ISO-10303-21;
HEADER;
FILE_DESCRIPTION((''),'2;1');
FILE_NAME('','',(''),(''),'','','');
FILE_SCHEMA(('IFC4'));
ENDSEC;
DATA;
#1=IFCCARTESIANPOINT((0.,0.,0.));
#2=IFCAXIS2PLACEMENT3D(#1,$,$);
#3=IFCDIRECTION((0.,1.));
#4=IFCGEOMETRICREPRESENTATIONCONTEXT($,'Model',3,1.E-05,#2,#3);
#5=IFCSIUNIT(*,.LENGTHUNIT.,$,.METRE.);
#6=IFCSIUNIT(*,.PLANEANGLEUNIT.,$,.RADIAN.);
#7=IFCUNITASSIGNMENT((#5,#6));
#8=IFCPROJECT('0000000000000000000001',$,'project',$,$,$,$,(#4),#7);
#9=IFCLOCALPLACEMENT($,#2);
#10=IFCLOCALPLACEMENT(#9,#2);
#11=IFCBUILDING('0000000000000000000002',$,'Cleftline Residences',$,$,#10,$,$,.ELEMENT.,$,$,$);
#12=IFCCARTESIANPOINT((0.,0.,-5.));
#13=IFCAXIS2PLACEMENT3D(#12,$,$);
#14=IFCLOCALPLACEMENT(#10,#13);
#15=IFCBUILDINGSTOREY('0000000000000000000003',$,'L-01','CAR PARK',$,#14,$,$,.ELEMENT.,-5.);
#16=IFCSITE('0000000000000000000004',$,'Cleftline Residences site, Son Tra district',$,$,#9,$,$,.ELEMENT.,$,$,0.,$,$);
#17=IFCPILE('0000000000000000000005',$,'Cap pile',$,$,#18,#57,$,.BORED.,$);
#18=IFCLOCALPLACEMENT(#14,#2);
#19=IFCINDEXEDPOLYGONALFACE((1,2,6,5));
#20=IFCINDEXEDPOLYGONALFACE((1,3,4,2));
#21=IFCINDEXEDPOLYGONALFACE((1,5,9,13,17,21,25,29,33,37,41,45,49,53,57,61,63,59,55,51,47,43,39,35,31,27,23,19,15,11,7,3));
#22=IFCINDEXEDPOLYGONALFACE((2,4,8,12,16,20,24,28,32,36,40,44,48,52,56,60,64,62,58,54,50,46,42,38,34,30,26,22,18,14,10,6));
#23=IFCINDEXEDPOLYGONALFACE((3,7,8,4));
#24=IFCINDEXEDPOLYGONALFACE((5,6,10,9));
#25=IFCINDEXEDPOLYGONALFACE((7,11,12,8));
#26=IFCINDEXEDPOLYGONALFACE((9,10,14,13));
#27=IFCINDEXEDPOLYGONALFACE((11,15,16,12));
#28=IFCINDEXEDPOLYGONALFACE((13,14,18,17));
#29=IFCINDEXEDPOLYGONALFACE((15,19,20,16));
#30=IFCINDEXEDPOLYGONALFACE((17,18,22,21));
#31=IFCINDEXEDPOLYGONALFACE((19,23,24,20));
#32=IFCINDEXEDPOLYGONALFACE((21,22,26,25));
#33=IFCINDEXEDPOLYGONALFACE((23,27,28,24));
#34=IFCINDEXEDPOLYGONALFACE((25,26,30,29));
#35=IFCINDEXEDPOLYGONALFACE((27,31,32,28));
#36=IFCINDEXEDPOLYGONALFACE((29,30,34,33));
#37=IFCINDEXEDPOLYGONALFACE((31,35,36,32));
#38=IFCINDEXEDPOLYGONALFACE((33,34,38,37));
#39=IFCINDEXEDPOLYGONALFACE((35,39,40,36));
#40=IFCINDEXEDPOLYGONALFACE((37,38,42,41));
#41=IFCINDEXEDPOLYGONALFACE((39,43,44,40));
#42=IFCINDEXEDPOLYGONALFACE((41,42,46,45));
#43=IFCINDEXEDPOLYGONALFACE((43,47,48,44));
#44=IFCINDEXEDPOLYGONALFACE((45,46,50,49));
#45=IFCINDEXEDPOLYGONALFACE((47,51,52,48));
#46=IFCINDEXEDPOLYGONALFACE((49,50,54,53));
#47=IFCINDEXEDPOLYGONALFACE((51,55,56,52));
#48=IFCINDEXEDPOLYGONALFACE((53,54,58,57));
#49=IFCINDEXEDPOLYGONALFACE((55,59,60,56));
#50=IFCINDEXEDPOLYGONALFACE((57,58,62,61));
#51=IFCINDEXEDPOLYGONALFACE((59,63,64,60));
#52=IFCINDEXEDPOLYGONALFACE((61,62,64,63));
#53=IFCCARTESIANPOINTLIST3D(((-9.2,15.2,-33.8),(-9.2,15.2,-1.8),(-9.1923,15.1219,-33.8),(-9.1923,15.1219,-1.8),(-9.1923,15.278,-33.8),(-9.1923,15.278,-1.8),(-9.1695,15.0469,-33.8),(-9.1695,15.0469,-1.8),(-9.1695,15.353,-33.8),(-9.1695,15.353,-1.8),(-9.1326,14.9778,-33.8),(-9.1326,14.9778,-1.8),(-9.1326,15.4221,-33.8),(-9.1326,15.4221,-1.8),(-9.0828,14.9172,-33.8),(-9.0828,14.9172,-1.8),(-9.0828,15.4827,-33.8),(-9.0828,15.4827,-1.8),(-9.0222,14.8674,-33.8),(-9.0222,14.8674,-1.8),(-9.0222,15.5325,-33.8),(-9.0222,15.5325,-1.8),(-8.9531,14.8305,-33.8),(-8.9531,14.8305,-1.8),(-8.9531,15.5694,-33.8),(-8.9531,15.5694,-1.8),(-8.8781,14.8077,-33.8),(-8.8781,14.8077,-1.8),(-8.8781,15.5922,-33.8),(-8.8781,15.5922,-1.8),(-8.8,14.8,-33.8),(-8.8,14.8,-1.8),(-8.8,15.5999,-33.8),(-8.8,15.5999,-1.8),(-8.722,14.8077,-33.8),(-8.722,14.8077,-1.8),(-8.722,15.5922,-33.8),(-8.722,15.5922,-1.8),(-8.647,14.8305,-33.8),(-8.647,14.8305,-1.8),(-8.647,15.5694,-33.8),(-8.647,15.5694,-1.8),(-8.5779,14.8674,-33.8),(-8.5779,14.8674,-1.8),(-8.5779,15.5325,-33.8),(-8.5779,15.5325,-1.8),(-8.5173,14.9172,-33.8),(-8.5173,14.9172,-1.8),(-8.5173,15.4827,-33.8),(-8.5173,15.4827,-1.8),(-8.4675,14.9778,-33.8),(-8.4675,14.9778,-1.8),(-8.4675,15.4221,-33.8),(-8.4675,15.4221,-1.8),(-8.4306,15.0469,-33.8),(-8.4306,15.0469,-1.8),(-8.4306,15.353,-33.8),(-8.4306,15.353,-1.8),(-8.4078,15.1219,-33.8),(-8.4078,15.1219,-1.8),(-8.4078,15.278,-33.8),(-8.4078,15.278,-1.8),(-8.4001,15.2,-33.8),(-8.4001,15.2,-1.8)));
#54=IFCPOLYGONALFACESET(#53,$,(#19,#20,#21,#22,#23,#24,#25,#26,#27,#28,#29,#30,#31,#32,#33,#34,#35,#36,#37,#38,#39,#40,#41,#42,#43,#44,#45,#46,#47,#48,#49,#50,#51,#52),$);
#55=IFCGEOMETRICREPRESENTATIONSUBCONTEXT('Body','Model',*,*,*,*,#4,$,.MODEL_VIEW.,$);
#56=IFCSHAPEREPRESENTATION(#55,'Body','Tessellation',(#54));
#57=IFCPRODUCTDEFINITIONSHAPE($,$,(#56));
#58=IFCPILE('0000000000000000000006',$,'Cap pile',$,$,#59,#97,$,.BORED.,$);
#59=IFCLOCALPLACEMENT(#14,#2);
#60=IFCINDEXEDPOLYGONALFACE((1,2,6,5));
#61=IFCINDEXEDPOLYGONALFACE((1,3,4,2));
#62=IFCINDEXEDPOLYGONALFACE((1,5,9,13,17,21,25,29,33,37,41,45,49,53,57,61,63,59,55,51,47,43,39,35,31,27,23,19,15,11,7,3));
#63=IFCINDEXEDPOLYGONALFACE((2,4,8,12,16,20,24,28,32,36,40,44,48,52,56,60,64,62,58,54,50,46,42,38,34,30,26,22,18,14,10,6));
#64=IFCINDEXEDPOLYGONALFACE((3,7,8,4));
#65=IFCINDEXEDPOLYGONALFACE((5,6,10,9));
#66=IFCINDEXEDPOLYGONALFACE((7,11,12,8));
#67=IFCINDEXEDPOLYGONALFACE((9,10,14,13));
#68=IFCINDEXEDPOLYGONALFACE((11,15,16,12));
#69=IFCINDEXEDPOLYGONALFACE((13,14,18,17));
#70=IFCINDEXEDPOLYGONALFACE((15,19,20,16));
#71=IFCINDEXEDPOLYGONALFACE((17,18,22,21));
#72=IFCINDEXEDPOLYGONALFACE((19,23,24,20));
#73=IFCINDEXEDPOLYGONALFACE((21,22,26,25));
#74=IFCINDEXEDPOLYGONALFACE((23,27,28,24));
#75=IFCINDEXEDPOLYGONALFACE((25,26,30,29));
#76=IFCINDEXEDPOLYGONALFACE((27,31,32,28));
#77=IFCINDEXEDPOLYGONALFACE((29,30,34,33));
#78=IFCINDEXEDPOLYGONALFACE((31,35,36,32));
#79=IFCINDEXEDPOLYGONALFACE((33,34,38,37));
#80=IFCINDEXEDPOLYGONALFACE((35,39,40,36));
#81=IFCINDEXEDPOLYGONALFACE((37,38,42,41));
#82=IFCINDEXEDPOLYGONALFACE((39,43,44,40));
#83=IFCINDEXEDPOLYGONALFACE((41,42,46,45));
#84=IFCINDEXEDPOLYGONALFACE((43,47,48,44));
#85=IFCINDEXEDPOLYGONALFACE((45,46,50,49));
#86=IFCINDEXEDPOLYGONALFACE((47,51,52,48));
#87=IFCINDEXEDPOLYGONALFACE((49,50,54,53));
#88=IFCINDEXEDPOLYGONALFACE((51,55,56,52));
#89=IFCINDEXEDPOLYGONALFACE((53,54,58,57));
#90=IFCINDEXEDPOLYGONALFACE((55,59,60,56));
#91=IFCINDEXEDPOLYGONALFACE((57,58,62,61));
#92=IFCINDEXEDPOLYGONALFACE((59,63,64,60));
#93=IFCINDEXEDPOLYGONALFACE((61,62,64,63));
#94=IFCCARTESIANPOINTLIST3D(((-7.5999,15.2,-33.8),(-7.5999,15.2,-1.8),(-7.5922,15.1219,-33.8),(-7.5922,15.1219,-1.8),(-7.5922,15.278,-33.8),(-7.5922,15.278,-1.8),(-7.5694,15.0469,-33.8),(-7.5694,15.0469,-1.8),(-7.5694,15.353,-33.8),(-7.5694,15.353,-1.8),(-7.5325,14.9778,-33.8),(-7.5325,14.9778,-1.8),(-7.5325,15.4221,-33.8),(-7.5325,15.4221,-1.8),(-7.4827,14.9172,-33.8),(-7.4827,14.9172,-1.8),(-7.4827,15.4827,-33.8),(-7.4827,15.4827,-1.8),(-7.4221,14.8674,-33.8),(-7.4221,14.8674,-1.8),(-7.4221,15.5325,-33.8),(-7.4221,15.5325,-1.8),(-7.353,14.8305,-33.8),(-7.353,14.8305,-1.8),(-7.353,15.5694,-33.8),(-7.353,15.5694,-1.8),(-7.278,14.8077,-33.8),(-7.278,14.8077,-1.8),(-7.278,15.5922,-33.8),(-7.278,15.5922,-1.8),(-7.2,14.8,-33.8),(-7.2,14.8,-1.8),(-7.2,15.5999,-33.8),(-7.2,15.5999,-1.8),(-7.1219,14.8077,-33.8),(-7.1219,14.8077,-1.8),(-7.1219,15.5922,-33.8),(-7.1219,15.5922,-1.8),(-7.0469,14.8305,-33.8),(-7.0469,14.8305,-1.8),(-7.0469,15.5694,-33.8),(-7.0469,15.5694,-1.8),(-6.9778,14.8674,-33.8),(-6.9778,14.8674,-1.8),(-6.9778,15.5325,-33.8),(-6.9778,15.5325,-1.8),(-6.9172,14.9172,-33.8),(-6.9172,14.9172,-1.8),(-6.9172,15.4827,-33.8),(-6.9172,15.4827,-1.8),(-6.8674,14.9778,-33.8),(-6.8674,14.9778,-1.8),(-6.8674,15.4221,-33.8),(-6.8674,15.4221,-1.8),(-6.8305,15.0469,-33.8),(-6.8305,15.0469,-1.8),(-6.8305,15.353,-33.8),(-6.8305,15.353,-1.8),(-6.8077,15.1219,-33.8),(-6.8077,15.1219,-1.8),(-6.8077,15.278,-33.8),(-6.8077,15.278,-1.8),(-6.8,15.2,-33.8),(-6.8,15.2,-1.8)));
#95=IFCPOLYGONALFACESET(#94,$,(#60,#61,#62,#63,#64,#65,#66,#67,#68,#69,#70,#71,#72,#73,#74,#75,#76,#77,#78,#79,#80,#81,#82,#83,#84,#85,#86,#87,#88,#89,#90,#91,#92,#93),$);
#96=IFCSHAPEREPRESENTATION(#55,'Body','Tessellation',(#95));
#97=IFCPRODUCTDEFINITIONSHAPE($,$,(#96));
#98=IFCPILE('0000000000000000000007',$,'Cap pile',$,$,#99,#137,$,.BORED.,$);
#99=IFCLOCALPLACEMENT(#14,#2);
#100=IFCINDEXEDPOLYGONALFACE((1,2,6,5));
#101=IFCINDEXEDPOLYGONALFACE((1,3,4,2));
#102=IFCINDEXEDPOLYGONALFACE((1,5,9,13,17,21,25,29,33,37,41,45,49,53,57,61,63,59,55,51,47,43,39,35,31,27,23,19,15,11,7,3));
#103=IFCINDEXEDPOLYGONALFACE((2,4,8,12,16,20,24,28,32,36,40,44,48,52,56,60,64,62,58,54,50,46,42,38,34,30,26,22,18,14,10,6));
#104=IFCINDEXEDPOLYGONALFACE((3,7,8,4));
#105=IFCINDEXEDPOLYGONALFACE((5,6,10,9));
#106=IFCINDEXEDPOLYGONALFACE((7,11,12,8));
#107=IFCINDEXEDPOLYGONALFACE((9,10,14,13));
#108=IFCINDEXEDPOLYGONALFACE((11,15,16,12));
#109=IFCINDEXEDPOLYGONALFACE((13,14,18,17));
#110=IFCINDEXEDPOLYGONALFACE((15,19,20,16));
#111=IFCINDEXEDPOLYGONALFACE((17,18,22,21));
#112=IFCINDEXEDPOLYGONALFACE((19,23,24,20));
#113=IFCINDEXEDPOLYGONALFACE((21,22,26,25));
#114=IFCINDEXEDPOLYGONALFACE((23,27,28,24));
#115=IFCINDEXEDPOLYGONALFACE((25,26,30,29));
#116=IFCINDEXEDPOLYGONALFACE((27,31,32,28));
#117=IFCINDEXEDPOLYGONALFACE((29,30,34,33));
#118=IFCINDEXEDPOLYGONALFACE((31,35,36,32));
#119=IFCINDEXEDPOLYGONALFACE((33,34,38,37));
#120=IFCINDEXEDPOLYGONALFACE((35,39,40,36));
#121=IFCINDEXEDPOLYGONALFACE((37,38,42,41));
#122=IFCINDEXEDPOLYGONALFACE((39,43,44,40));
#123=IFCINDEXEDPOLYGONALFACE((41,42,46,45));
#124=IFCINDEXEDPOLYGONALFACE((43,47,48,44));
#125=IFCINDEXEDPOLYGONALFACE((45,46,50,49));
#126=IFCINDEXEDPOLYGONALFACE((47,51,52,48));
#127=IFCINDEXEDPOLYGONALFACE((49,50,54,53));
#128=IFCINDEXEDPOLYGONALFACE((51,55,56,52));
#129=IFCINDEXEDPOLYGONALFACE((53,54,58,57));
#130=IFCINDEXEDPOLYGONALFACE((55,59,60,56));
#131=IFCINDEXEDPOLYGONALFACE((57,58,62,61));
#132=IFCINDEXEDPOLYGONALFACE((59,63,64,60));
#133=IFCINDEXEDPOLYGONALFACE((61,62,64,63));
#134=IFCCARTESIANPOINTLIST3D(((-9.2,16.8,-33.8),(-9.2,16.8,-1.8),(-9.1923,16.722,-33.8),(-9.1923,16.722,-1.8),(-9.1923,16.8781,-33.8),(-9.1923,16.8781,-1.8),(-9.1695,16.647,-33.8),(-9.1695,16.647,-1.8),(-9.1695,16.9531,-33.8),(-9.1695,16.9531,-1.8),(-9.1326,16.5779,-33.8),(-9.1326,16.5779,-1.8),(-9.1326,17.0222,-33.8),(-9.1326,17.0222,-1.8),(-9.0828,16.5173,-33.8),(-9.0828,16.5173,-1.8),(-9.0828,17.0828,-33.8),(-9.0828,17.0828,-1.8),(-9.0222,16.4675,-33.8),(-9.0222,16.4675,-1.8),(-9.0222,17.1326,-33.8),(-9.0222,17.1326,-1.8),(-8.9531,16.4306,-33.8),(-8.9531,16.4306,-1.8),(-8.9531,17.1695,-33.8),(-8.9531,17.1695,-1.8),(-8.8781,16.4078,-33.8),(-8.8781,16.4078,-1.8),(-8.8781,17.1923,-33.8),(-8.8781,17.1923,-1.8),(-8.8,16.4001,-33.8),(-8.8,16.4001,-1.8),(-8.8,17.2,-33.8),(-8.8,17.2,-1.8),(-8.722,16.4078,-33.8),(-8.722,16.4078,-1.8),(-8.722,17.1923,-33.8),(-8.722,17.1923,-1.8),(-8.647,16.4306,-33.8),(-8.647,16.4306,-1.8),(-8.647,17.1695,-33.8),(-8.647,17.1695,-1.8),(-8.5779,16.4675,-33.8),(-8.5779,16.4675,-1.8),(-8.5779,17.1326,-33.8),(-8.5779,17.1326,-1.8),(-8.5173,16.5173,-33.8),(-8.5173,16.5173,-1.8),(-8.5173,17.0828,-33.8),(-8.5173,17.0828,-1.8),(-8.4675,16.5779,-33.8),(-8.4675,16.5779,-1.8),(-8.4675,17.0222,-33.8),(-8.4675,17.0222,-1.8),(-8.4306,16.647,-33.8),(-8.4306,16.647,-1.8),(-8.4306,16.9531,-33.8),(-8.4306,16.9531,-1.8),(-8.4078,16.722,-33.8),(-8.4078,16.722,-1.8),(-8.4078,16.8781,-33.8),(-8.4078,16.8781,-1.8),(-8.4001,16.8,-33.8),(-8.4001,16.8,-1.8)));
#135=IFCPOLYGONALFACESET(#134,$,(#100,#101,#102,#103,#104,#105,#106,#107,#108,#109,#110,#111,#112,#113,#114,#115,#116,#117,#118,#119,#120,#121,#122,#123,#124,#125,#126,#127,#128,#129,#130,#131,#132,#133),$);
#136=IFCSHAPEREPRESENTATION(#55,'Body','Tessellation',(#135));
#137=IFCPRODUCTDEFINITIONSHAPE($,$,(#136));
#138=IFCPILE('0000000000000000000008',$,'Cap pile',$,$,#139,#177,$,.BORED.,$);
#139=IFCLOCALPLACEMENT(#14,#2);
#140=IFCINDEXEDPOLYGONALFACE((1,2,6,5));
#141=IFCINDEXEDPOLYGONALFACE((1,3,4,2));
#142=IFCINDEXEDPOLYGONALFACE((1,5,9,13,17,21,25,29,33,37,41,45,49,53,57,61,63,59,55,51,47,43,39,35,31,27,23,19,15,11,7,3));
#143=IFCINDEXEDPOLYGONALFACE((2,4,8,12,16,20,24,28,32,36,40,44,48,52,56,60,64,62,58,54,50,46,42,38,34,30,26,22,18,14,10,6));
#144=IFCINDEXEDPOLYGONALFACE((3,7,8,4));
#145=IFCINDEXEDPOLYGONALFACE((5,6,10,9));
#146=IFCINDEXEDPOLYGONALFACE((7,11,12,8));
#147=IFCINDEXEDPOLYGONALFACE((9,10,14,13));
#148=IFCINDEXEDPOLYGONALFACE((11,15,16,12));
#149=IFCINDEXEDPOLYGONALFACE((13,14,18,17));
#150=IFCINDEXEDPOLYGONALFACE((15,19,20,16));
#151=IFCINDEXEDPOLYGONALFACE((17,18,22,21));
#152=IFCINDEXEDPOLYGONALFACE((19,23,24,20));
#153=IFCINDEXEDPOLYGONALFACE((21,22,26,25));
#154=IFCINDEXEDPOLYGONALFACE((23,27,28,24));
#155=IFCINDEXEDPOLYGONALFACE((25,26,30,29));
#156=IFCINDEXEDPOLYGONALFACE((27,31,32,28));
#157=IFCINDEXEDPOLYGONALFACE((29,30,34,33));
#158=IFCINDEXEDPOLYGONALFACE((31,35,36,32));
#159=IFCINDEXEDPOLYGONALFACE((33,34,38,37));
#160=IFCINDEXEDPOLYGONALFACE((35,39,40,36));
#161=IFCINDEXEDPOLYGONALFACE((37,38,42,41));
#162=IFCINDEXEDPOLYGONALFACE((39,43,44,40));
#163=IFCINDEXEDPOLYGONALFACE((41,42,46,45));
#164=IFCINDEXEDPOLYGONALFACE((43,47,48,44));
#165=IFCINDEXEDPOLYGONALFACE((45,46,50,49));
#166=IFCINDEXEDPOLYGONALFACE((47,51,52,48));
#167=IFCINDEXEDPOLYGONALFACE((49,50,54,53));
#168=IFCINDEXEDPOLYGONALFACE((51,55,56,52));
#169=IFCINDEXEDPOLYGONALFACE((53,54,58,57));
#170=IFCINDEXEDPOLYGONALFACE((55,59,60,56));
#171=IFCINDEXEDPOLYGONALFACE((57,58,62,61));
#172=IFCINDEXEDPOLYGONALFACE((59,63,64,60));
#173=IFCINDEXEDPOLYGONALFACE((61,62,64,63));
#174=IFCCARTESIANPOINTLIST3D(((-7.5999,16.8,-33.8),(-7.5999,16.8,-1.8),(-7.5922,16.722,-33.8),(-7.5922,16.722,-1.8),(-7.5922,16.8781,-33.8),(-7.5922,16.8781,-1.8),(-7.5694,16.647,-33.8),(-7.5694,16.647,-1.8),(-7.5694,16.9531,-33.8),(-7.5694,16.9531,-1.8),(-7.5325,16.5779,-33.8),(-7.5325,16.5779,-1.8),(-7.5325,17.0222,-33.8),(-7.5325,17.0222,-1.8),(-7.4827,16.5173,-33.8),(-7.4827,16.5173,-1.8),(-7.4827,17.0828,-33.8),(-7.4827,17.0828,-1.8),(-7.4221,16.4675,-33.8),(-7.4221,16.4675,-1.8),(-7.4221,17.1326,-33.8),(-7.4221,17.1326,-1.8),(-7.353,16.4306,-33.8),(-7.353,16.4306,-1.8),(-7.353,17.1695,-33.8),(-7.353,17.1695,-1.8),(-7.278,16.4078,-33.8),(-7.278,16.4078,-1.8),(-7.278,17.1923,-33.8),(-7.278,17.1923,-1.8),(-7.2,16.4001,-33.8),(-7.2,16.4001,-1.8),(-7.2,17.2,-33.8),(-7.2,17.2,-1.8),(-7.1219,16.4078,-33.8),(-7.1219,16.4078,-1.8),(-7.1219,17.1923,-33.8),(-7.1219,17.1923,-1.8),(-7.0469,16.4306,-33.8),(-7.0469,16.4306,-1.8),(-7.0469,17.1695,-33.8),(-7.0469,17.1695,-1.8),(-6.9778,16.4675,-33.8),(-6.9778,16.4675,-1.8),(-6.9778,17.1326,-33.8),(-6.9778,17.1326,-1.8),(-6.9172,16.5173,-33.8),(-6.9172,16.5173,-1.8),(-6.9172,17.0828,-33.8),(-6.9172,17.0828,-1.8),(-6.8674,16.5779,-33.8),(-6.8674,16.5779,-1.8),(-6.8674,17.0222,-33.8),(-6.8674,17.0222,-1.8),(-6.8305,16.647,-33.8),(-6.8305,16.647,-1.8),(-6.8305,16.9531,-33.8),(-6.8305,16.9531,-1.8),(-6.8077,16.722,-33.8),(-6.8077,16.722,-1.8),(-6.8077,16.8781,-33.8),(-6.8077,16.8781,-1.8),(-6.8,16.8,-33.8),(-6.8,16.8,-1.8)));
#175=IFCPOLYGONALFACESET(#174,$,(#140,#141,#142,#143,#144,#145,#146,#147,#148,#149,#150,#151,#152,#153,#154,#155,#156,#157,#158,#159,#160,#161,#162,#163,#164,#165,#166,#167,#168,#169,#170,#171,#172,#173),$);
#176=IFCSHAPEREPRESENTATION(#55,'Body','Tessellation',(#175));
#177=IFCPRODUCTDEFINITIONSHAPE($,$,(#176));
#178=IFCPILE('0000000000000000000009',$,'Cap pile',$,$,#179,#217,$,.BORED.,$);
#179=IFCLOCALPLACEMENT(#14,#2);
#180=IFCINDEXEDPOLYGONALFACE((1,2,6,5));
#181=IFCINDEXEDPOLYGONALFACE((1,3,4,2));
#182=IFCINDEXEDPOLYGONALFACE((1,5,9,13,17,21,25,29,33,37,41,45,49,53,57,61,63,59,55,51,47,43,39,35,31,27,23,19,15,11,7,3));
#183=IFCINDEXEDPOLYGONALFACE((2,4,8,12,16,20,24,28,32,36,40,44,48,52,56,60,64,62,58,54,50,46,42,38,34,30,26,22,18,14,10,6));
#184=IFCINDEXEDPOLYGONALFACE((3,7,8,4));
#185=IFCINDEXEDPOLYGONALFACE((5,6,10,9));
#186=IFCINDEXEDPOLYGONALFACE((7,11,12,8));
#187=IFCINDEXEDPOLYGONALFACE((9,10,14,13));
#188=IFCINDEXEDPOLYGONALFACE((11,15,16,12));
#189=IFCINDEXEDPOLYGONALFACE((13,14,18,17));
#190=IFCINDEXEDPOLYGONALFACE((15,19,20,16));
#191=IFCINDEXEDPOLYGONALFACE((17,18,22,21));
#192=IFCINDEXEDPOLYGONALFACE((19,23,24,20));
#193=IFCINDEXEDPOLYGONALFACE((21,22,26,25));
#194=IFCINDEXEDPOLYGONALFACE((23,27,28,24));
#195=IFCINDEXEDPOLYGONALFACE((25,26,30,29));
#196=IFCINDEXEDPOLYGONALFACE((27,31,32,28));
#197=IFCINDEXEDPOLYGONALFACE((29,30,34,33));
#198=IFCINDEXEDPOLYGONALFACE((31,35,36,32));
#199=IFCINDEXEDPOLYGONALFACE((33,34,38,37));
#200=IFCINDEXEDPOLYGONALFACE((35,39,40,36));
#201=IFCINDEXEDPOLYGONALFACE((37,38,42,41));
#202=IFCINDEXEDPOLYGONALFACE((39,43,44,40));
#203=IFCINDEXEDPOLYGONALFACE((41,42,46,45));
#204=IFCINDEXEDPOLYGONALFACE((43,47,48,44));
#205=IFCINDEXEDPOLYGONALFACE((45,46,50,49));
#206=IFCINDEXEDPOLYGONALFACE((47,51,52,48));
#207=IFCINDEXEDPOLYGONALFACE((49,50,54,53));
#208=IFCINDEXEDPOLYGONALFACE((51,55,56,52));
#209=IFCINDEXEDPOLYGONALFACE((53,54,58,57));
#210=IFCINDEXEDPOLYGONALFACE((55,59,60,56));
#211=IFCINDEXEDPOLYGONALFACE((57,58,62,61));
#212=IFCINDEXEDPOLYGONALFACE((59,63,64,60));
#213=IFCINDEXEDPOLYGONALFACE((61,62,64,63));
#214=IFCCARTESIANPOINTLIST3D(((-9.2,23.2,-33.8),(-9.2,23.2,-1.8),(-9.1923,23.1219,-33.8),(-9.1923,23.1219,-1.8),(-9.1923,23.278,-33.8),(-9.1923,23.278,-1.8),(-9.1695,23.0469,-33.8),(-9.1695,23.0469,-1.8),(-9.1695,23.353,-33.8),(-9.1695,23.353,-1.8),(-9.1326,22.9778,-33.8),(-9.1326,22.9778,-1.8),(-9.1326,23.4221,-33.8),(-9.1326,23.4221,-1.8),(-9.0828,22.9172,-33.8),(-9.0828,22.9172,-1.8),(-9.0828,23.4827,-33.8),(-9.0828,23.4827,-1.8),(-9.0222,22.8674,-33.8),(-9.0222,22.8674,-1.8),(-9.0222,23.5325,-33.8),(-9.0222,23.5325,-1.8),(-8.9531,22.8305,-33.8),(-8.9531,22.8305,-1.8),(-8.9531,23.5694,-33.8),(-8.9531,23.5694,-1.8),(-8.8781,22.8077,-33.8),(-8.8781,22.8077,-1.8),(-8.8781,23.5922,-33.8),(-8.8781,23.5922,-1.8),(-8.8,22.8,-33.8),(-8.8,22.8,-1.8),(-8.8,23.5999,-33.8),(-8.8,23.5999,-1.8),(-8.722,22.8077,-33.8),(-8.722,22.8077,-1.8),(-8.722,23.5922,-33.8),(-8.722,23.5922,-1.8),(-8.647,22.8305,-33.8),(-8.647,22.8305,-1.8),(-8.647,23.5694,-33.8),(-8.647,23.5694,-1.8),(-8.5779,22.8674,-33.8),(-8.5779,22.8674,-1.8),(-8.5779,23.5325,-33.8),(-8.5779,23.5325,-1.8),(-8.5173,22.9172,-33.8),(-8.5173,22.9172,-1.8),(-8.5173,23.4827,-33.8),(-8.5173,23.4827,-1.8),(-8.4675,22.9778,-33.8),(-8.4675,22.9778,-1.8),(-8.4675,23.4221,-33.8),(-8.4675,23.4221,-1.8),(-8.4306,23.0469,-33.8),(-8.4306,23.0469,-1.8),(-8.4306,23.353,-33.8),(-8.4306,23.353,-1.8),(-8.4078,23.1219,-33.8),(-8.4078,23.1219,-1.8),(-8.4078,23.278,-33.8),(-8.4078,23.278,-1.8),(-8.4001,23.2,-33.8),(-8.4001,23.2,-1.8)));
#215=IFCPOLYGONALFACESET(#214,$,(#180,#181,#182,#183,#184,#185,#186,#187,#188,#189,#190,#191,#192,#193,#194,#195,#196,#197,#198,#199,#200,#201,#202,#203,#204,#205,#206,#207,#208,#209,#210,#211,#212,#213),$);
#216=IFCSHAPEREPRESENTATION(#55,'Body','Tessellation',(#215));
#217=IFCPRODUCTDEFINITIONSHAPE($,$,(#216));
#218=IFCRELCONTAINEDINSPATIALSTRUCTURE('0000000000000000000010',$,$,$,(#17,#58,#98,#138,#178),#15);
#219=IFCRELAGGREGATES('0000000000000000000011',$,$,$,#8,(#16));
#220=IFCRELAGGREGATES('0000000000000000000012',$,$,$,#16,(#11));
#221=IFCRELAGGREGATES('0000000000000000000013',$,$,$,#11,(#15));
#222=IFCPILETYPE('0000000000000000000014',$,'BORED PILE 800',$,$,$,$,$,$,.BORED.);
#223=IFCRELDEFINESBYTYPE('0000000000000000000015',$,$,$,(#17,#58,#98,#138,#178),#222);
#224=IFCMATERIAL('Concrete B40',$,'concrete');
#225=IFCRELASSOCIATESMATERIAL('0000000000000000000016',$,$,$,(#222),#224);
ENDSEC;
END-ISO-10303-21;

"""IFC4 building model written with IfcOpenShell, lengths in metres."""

from ifc_helpers import new_model, si_unit, direction, frame, origin, origin_2d, place, context, subcontext, project, spatial, circle, extrude, material, material_profile, profile_set, type_object, element, save


model = new_model("IFC4")

# Units and contexts
model_context = context("Model", 3, precision=1e-05, world=origin(), true_north=direction((0.0, 1.0)))
body_context = subcontext(model_context, "Body", "Model", "MODEL_VIEW")
ifc_project = project(units=[si_unit("LENGTHUNIT", "METRE"), si_unit("PLANEANGLEUNIT", "RADIAN")], contexts=[model_context])

# Site, building, storey
site_placement = place(None, origin())
site = spatial("IfcSite", under=ifc_project, at=site_placement, Name="Cleftline Residences site, Son Tra district", CompositionType="ELEMENT", RefElevation=0.0)
building_placement = place(site_placement, origin())
building = spatial("IfcBuilding", under=site, at=building_placement, Name="Cleftline Residences", CompositionType="ELEMENT")
storey_placement = place(building_placement, frame((0.0, 0.0, -5.0)))
storey = spatial("IfcBuildingStorey", under=building, at=storey_placement, Name="L-01", Description="CAR PARK", CompositionType="ELEMENT", Elevation=-5.0)

# Piles
ifc_material_1 = material(Name="Concrete B40", Category="concrete")
ifc_material_profile_1 = material_profile(ifc_material_1, circle(Radius=0.3999, at=origin_2d()))
ifc_profile_set_1 = profile_set([ifc_material_profile_1], Name="Concrete B40")
pile_type_1 = type_object("IfcPileType", Name="BORED PILE 800", PredefinedType="BORED", material=ifc_profile_set_1)
for number, where, z_axis, x_axis, name in (
    (1, (-8.8, 15.2, -1.8), (0.0, 0.0, -1.0), (1.0, 0.0, 0.0), "Cap pile"),
    (2, (-7.2, 15.2, -1.8), (0.0, 0.0, -1.0), (1.0, 0.0, 0.0), "Cap pile"),
    (3, (-8.8, 16.8, -1.8), (0.0, 0.0, -1.0), (1.0, 0.0, 0.0), "Cap pile"),
    (4, (-7.2, 16.8, -1.8), (0.0, 0.0, -1.0), (1.0, 0.0, 0.0), "Cap pile"),
    (5, (-8.8, 23.2, -1.8), (0.0, 0.0, -1.0), (1.0, 0.0, 0.0), "Cap pile"),
):
    element("IfcPile", number, at=place(storey_placement, frame(where, z_axis=z_axis, x_axis=x_axis)), inside=storey, type_object=pile_type_1, Name=name, PredefinedType="BORED", context=body_context, shape_type="SweptSolid", body=[
        extrude(circle(Radius=0.3999, at=origin_2d()), origin(), (0.0, 0.0, 1.0), 32.0),
    ])

save(model, "model.ifc")
